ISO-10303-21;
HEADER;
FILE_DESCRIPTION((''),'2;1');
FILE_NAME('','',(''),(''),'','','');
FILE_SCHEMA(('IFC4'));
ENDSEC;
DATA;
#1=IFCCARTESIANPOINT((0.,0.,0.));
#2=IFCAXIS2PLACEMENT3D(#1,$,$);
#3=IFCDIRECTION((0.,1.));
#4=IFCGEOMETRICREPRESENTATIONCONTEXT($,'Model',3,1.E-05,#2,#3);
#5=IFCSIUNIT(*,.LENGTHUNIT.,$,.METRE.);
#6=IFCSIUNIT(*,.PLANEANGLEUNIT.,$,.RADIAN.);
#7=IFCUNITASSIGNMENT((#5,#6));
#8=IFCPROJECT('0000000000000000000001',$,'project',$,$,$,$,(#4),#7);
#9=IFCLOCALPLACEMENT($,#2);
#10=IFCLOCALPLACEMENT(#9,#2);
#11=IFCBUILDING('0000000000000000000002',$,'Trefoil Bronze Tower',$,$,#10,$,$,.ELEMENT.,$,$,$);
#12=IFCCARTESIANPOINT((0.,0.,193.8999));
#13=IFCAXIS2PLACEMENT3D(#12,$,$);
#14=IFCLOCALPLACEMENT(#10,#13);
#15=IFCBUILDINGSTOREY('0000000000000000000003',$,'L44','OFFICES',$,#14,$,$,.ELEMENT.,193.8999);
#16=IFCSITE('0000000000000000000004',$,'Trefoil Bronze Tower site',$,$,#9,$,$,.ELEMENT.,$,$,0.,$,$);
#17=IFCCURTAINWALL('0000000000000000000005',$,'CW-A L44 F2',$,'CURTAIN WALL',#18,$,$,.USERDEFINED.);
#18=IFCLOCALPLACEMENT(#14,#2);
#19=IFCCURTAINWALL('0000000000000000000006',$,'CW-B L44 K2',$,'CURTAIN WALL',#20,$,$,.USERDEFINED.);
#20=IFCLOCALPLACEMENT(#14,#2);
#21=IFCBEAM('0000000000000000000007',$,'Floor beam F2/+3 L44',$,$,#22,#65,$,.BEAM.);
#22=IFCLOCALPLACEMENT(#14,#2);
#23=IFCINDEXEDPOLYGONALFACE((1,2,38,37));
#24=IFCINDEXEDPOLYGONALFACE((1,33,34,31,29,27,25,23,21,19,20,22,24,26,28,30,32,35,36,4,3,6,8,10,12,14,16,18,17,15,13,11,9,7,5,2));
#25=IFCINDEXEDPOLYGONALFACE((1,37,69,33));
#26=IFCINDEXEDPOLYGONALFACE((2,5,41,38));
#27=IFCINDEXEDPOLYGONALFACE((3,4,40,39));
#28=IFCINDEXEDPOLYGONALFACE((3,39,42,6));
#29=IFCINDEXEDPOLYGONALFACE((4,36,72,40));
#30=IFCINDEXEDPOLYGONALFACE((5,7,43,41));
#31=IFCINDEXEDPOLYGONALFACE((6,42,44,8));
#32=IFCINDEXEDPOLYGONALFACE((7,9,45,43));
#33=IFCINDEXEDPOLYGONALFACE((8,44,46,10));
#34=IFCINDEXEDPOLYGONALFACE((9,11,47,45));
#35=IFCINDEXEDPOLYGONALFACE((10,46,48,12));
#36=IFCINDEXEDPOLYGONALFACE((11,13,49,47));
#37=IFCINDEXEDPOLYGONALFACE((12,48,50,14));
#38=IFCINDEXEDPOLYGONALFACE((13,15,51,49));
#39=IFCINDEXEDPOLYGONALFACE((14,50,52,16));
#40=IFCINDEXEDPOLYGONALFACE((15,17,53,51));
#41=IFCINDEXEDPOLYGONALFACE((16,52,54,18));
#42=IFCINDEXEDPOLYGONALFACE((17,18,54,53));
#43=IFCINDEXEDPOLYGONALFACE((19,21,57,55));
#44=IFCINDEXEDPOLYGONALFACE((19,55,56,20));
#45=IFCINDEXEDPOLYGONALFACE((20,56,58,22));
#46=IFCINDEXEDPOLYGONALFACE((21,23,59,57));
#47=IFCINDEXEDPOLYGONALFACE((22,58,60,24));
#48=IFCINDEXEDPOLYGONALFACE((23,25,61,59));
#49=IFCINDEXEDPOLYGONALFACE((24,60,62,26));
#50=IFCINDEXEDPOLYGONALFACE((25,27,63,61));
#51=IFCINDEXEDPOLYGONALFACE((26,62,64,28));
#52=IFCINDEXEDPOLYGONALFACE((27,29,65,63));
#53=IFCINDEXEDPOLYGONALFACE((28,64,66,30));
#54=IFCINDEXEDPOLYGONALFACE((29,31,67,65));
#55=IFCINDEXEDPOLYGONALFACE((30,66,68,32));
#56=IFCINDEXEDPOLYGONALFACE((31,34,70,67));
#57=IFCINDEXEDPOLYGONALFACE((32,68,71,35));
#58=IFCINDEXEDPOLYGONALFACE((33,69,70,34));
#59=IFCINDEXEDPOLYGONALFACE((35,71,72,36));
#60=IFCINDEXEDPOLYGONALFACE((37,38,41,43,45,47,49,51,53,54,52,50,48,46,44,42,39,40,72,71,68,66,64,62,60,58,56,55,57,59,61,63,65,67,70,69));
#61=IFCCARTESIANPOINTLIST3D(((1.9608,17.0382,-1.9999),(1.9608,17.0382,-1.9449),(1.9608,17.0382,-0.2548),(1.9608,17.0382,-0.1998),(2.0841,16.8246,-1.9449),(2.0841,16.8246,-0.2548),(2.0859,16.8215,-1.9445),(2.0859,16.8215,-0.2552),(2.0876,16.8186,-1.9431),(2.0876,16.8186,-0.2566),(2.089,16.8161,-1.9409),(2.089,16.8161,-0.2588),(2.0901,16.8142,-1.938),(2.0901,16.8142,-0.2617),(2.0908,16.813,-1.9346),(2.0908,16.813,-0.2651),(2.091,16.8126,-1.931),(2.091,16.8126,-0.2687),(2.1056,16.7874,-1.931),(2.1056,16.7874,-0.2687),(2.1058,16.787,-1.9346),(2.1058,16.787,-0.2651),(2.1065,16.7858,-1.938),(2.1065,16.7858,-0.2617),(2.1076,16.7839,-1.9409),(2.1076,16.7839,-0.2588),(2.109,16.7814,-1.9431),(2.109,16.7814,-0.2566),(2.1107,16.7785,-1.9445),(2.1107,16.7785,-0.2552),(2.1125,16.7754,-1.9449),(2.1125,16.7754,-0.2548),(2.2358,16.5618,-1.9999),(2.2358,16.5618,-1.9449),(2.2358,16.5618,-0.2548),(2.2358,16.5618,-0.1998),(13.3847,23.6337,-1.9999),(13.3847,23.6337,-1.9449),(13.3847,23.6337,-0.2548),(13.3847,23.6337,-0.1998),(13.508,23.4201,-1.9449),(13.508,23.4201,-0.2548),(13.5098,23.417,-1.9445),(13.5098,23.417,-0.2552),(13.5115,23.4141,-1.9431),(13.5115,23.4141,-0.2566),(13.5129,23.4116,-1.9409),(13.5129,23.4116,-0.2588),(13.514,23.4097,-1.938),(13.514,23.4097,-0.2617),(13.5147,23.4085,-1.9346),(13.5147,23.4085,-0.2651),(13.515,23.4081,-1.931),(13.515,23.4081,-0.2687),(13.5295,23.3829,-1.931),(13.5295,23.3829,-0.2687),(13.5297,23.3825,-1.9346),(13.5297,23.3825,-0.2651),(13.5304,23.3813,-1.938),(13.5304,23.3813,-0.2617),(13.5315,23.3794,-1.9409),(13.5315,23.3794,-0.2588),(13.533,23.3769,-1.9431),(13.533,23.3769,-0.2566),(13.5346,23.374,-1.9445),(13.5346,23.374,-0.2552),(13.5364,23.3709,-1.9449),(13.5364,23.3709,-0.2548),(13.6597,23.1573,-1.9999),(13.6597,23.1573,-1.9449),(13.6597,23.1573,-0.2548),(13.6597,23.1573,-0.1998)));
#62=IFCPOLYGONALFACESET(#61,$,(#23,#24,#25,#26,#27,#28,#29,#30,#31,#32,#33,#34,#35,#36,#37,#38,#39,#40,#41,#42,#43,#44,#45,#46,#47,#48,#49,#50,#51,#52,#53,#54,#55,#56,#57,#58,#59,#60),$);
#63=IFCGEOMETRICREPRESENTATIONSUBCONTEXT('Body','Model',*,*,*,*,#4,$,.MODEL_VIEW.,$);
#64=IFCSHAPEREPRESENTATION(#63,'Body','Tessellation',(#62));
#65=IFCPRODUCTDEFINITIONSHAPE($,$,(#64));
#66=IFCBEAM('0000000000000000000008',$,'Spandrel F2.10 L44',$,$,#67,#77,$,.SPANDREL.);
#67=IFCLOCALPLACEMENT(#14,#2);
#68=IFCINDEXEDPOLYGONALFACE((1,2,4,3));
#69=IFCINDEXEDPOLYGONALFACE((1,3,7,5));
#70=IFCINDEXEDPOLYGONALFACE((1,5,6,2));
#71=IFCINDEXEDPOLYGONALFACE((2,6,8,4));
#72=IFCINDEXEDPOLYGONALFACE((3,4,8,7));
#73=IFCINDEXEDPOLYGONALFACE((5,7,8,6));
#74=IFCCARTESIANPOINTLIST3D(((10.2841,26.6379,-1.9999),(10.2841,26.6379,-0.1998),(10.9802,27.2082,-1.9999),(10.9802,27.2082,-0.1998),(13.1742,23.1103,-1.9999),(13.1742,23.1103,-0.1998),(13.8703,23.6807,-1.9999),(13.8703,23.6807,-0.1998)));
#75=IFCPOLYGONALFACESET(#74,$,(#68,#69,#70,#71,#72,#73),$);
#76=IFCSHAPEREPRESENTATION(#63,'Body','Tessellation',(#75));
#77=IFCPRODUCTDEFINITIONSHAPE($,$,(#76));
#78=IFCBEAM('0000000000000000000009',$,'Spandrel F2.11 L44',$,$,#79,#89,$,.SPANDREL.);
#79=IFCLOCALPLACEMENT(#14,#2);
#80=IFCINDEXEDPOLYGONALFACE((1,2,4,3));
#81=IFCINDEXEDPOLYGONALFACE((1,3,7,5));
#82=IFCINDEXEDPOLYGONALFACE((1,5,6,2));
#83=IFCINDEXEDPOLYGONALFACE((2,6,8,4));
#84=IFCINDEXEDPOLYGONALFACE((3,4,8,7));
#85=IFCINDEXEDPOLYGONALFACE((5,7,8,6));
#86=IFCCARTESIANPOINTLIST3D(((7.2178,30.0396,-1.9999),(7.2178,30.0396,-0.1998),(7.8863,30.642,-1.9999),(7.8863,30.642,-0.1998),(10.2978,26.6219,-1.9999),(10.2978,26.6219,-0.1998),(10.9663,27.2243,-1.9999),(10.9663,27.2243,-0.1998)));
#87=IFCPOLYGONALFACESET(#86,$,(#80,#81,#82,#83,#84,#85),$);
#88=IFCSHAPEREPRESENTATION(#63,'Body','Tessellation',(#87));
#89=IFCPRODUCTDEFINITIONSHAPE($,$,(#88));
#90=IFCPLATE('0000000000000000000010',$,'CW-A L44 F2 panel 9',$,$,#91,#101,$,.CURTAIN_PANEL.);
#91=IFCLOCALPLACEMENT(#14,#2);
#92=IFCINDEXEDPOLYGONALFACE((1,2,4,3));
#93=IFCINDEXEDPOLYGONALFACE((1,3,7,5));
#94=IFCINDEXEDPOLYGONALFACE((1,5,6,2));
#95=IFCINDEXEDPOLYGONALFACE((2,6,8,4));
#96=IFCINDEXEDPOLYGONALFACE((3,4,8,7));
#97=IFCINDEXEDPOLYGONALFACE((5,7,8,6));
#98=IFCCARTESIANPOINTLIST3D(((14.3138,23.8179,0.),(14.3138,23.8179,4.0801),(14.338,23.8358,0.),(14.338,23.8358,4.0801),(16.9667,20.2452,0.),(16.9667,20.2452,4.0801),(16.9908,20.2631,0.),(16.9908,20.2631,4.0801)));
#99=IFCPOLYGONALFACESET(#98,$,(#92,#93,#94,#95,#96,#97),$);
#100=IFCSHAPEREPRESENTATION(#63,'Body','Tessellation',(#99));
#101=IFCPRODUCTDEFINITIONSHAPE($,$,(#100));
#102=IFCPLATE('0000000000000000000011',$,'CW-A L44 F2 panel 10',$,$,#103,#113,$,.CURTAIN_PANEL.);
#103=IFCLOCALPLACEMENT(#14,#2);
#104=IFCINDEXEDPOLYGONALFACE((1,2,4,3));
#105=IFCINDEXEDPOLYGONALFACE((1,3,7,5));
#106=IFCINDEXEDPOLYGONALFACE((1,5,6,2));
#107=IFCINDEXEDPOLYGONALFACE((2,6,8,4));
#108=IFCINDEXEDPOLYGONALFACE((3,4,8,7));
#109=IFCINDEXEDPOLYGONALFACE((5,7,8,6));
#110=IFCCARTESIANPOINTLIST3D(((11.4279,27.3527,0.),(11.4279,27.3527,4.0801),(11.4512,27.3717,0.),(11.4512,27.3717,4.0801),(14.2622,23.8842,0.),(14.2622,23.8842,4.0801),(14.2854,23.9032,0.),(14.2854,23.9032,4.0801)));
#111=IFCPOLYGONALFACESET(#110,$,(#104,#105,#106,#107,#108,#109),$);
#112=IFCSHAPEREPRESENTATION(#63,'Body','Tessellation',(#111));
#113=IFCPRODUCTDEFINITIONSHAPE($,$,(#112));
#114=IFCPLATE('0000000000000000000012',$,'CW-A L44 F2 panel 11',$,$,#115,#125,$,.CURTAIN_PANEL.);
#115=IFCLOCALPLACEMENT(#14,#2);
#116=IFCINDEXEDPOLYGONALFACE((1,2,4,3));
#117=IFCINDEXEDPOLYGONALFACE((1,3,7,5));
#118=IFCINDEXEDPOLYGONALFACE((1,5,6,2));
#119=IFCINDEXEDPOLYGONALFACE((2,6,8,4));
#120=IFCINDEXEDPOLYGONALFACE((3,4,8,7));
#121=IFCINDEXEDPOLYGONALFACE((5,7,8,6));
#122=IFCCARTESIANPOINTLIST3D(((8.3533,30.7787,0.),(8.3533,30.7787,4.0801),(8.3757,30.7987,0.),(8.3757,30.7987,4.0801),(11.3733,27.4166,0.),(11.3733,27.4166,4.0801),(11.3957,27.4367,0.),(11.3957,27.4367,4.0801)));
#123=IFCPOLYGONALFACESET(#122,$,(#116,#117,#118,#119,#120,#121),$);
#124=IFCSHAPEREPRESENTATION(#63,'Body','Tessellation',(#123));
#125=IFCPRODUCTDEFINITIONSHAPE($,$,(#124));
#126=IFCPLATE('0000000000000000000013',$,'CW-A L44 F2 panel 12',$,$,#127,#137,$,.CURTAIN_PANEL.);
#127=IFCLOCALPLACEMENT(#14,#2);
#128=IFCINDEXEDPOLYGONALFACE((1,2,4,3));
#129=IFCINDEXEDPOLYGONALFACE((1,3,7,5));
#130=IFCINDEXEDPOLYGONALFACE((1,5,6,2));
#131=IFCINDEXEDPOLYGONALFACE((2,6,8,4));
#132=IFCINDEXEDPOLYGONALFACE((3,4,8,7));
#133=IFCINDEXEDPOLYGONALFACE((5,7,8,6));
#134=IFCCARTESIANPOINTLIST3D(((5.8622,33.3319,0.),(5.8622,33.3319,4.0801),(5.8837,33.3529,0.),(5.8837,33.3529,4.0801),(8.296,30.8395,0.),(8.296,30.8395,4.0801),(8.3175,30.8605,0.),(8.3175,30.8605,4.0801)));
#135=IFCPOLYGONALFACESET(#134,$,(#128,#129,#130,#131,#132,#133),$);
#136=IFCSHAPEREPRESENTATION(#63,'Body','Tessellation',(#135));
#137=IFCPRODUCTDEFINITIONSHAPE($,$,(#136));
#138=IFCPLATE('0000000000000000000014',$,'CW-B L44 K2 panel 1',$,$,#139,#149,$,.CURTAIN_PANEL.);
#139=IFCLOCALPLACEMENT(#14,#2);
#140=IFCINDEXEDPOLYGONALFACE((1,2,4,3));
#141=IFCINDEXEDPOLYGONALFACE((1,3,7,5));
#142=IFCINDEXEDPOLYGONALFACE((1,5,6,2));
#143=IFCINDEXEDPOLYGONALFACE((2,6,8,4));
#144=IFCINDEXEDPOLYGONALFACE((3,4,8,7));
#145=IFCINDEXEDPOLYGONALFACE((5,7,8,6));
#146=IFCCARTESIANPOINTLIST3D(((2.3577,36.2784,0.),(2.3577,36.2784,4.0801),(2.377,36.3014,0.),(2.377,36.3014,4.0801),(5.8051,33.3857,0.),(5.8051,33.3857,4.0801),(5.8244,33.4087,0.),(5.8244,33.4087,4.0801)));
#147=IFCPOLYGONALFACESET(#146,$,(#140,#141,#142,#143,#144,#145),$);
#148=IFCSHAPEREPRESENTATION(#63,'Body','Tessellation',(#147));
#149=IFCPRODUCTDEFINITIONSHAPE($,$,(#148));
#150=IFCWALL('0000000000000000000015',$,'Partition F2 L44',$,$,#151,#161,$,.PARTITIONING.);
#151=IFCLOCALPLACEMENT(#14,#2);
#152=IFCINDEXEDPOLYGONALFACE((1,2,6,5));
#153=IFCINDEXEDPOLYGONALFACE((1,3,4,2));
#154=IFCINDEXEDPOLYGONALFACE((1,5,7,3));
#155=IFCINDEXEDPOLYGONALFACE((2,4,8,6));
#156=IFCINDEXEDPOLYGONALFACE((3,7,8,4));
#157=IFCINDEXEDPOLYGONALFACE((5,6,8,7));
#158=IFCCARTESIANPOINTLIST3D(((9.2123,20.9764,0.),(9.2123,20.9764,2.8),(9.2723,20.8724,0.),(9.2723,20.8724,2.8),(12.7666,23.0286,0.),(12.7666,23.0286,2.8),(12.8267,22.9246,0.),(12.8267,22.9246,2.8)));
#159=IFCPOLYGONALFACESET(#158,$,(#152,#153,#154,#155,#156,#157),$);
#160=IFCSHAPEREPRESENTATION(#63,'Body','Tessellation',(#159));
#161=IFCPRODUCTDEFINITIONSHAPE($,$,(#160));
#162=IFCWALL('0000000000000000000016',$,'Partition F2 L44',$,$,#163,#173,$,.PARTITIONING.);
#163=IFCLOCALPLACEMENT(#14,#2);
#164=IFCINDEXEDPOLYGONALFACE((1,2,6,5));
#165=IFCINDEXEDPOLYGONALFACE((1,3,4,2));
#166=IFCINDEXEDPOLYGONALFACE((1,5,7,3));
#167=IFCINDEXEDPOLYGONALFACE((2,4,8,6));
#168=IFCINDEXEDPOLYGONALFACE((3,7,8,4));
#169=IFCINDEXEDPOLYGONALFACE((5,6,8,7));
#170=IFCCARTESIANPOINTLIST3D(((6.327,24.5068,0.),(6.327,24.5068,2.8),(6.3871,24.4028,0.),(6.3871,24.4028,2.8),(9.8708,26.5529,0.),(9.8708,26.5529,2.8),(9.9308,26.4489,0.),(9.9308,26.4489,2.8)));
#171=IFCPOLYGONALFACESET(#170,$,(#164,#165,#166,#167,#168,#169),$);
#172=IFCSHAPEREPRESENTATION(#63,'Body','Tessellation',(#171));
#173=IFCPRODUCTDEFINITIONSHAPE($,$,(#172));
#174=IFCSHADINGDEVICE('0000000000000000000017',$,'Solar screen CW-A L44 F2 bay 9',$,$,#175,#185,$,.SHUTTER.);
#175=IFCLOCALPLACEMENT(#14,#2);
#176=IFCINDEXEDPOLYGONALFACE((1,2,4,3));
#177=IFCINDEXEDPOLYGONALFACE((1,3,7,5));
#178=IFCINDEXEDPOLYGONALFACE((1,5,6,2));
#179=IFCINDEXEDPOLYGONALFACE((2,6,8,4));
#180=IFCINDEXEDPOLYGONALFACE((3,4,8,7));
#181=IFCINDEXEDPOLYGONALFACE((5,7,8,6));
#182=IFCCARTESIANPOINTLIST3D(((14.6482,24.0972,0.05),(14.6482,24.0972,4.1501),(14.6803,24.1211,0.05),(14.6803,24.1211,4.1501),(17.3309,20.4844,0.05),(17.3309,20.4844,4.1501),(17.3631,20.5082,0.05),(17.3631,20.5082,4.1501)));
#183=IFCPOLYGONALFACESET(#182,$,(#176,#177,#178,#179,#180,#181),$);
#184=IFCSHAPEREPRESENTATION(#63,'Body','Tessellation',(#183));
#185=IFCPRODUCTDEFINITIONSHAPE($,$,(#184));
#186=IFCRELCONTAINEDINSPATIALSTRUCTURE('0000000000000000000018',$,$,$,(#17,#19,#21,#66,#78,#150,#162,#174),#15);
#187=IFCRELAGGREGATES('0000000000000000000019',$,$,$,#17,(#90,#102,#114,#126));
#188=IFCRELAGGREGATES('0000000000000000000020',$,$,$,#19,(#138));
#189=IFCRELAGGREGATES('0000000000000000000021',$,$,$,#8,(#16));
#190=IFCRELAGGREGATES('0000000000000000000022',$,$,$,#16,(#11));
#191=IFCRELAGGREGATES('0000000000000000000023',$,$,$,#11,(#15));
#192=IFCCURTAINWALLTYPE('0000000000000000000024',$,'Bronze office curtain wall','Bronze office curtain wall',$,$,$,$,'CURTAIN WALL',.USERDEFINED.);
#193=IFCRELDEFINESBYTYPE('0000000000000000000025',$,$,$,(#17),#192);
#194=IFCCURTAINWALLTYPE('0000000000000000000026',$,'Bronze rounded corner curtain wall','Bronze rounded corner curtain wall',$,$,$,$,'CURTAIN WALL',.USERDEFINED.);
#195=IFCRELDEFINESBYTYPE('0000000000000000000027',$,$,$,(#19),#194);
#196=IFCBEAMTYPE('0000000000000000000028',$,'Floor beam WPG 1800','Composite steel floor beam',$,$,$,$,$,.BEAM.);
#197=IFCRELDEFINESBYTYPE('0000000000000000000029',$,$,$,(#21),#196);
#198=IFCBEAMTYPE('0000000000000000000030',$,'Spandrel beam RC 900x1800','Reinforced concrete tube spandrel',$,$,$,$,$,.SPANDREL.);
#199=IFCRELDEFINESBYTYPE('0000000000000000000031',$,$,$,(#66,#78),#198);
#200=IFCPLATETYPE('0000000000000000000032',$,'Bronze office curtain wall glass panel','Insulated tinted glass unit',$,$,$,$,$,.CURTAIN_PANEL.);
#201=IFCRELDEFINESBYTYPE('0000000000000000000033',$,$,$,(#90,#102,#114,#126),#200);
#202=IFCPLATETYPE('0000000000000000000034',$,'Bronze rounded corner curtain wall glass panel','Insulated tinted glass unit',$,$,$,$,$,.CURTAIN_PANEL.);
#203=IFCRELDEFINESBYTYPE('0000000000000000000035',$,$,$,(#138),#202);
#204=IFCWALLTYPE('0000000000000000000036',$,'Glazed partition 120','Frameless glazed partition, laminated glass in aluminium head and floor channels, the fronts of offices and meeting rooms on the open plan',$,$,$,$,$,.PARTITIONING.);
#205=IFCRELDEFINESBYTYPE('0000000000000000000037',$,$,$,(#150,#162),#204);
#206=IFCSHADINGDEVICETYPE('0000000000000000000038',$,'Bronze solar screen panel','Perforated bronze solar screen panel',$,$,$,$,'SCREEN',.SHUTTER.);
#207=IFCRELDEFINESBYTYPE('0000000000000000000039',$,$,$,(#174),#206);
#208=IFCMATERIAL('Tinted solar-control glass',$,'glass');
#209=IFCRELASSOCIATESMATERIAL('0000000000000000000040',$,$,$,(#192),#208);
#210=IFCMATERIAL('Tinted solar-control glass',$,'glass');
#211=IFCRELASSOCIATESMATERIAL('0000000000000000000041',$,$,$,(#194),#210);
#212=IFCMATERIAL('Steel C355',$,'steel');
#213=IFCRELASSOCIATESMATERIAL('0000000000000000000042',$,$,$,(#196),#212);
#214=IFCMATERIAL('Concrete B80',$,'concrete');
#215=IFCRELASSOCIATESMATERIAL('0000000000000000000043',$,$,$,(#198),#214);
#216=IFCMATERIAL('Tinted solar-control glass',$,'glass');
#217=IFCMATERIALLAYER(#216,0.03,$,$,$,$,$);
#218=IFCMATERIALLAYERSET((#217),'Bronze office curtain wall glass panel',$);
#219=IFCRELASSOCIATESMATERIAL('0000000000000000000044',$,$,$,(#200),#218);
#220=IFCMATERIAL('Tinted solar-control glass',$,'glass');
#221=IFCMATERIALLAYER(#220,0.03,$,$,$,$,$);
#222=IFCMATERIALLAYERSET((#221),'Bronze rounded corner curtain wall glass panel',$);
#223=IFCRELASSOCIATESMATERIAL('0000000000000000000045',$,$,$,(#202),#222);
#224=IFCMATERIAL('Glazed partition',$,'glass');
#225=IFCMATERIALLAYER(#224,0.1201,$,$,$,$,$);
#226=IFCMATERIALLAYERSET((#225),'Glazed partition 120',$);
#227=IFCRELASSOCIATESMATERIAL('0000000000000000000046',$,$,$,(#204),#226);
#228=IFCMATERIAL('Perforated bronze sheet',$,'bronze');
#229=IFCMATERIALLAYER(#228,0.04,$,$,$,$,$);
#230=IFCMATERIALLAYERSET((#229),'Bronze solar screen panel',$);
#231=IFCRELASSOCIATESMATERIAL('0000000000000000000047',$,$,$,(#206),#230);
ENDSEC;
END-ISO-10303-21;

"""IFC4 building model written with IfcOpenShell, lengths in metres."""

from ifc_helpers import new_model, si_unit, direction, frame, frame_2d, origin, origin_2d, place, context, subcontext, project, spatial, rectangle, i_section, extrude, material, layer, layer_set, material_profile, profile_set, type_object, element, aggregate, save


model = new_model("IFC4")

# Units and contexts
model_context = context("Model", 3, precision=1e-05, world=origin(), true_north=direction((0.0, 1.0)))
body_context = subcontext(model_context, "Body", "Model", "MODEL_VIEW")
ifc_project = project(units=[si_unit("LENGTHUNIT", "METRE"), si_unit("PLANEANGLEUNIT", "RADIAN")], contexts=[model_context])

# Site, building, storey
site_placement = place(None, origin())
site = spatial("IfcSite", under=ifc_project, at=site_placement, Name="Trefoil Bronze Tower site", CompositionType="ELEMENT", RefElevation=0.0)
building_placement = place(site_placement, origin())
building = spatial("IfcBuilding", under=site, at=building_placement, Name="Trefoil Bronze Tower", CompositionType="ELEMENT")
storey_placement = place(building_placement, frame((0.0, 0.0, 193.8999)))
storey = spatial("IfcBuildingStorey", under=building, at=storey_placement, Name="L44", Description="OFFICES", CompositionType="ELEMENT", Elevation=193.8999)

# Curtain walls
ifc_material_1 = material(Name="Tinted solar-control glass", Category="glass")
curtain_wall_type_1 = type_object("IfcCurtainWallType", Name="Bronze office curtain wall", Description="Bronze office curtain wall", ElementType="CURTAIN WALL", PredefinedType="USERDEFINED", material=ifc_material_1)
curtain_wall_1_placement = place(storey_placement, origin())
curtain_wall_1 = element("IfcCurtainWall", 1, at=curtain_wall_1_placement, inside=storey, type_object=curtain_wall_type_1, Name="CW-A L44 F2", ObjectType="CURTAIN WALL", PredefinedType="USERDEFINED")
ifc_material_2 = material(Name="Tinted solar-control glass", Category="glass")
curtain_wall_type_2 = type_object("IfcCurtainWallType", Name="Bronze rounded corner curtain wall", Description="Bronze rounded corner curtain wall", ElementType="CURTAIN WALL", PredefinedType="USERDEFINED", material=ifc_material_2)
curtain_wall_2_placement = place(storey_placement, origin())
curtain_wall_2 = element("IfcCurtainWall", 2, at=curtain_wall_2_placement, inside=storey, type_object=curtain_wall_type_2, Name="CW-B L44 K2", ObjectType="CURTAIN WALL", PredefinedType="USERDEFINED")

# Beams
ifc_material_3 = material(Name="Steel C355", Category="steel")
ifc_material_profile_1 = material_profile(ifc_material_3, i_section(OverallWidth=0.55, OverallDepth=1.8, WebThickness=0.0291, FlangeThickness=0.0549, FilletRadius=0.0139, at=origin_2d()), Name="WPG 1800")
ifc_profile_set_1 = profile_set([ifc_material_profile_1], Name="Steel C355")
beam_type_1 = type_object("IfcBeamType", Name="Floor beam WPG 1800", Description="Composite steel floor beam", PredefinedType="BEAM", material=ifc_profile_set_1)
beam_1_placement = place(storey_placement, frame((13.5222, 23.3955, -1.0999), z_axis=(-0.866028, -0.499995, 0.0), x_axis=(0.499995, -0.866028, 0.0)))
element("IfcBeam", 3, at=beam_1_placement, inside=storey, type_object=beam_type_1, Name="Floor beam F2/+3 L44", PredefinedType="BEAM", context=body_context, shape_type="SweptSolid", body=[
    extrude(i_section(OverallWidth=0.55, OverallDepth=1.8, WebThickness=0.0291, FlangeThickness=0.0549, FilletRadius=0.0139, at=origin_2d()), origin(), (0.0, 0.0, 1.0), 13.1912),
])
ifc_material_4 = material(Name="Concrete B80", Category="concrete")
ifc_material_profile_2 = material_profile(ifc_material_4, rectangle(XDim=0.8999, YDim=1.8, at=origin_2d()), Name="RC 900x1800")
ifc_profile_set_2 = profile_set([ifc_material_profile_2], Name="Concrete B80")
beam_type_2 = type_object("IfcBeamType", Name="Spandrel beam RC 900x1800", Description="Reinforced concrete tube spandrel", PredefinedType="SPANDREL", material=ifc_profile_set_2)
beam_2_placement = place(storey_placement, frame((13.5222, 23.3955, -1.0999), z_axis=(-0.633754, 0.773535, 0.0), x_axis=(-0.773535, -0.633754, 0.0)))
element("IfcBeam", 4, at=beam_2_placement, inside=storey, type_object=beam_type_2, Name="Spandrel F2.10 L44", PredefinedType="SPANDREL", context=body_context, shape_type="SweptSolid", body=[
    extrude(rectangle(XDim=0.8999, YDim=1.8, at=origin_2d()), origin(), (0.0, 0.0, 1.0), 4.5603),
])
beam_3_placement = place(storey_placement, frame((10.6321, 26.9231, -1.0999), z_axis=(-0.66946, 0.742848, 0.0), x_axis=(-0.742848, -0.66946, 0.0)))
element("IfcBeam", 5, at=beam_3_placement, inside=storey, type_object=beam_type_2, Name="Spandrel F2.11 L44", PredefinedType="SPANDREL", context=body_context, shape_type="SweptSolid", body=[
    extrude(rectangle(XDim=0.8999, YDim=1.8, at=origin_2d()), origin(), (0.0, 0.0, 1.0), 4.6008),
])

# Plates
ifc_material_5 = material(Name="Tinted solar-control glass", Category="glass")
ifc_layer_1 = layer(ifc_material_5, 0.03)
ifc_layer_set_1 = layer_set([ifc_layer_1], Name="Bronze office curtain wall glass panel")
plate_type_1 = type_object("IfcPlateType", Name="Bronze office curtain wall glass panel", Description="Insulated tinted glass unit", PredefinedType="CURTAIN_PANEL", material=ifc_layer_set_1)
plate_1_placement = place(storey_placement, frame((15.6523, 22.0405, 0.0), z_axis=(0.0, 0.0, 1.0), x_axis=(-0.596162, 0.802865, 0.0)))
plate_1 = element("IfcPlate", 6, at=plate_1_placement, type_object=plate_type_1, Name="CW-A L44 F2 panel 9", PredefinedType="CURTAIN_PANEL", context=body_context, shape_type="SweptSolid", body=[
    extrude(rectangle(XDim=4.45, YDim=0.03, at=origin_2d()), origin(), (0.0, 0.0, 1.0), 4.0801),
])
plate_2_placement = place(storey_placement, frame((12.8567, 25.6279, 0.0), z_axis=(0.0, 0.0, 1.0), x_axis=(-0.632753, 0.774354, 0.0)))
plate_2 = element("IfcPlate", 7, at=plate_2_placement, type_object=plate_type_1, Name="CW-A L44 F2 panel 10", PredefinedType="CURTAIN_PANEL", context=body_context, shape_type="SweptSolid", body=[
    extrude(rectangle(XDim=4.4792, YDim=0.03, at=origin_2d()), origin(), (0.0, 0.0, 1.0), 4.0801),
])
plate_3_placement = place(storey_placement, frame((9.8745, 29.1077, 0.0), z_axis=(0.0, 0.0, 1.0), x_axis=(-0.668246, 0.743941, 0.0)))
plate_3 = element("IfcPlate", 8, at=plate_3_placement, type_object=plate_type_1, Name="CW-A L44 F2 panel 11", PredefinedType="CURTAIN_PANEL", context=body_context, shape_type="SweptSolid", body=[
    extrude(rectangle(XDim=4.5193, YDim=0.03, at=origin_2d()), origin(), (0.0, 0.0, 1.0), 4.0801),
])
plate_4_placement = place(storey_placement, frame((7.0898, 32.0962, 0.0), z_axis=(0.0, 0.0, 1.0), x_axis=(-0.698652, 0.715462, 0.0)))
plate_4 = element("IfcPlate", 9, at=plate_4_placement, type_object=plate_type_1, Name="CW-A L44 F2 panel 12", PredefinedType="CURTAIN_PANEL", context=body_context, shape_type="SweptSolid", body=[
    extrude(rectangle(XDim=3.4836, YDim=0.03, at=origin_2d()), origin(), (0.0, 0.0, 1.0), 4.0801),
])
aggregate(curtain_wall_1, [plate_1, plate_2, plate_3, plate_4])
ifc_material_6 = material(Name="Tinted solar-control glass", Category="glass")
ifc_layer_2 = layer(ifc_material_6, 0.03)
ifc_layer_set_2 = layer_set([ifc_layer_2], Name="Bronze rounded corner curtain wall glass panel")
plate_type_2 = type_object("IfcPlateType", Name="Bronze rounded corner curtain wall glass panel", Description="Insulated tinted glass unit", PredefinedType="CURTAIN_PANEL", material=ifc_layer_set_2)
plate_5_placement = place(storey_placement, frame((4.0911, 34.8435, 0.0), z_axis=(0.0, 0.0, 1.0), x_axis=(-0.766044, 0.642788, 0.0)))
plate_5 = element("IfcPlate", 10, at=plate_5_placement, type_object=plate_type_2, Name="CW-B L44 K2 panel 1", PredefinedType="CURTAIN_PANEL", context=body_context, shape_type="SweptSolid", body=[
    extrude(rectangle(XDim=4.5002, YDim=0.03, at=origin_2d()), origin(), (0.0, 0.0, 1.0), 4.0801),
])
aggregate(curtain_wall_2, [plate_5])

# Walls
ifc_material_7 = material(Name="Glazed partition", Category="glass")
ifc_layer_3 = layer(ifc_material_7, 0.1201)
ifc_layer_set_3 = layer_set([ifc_layer_3], Name="Glazed partition 120")
wall_type = type_object("IfcWallType", Name="Glazed partition 120", Description="Frameless glazed partition, laminated glass in aluminium head and floor channels, the fronts of offices and meeting rooms on the open plan", PredefinedType="PARTITIONING", material=ifc_layer_set_3)
wall_1_placement = place(storey_placement, frame((9.2422, 20.9243, 0.0), z_axis=(0.0, 0.0, 1.0), x_axis=(0.866016, 0.500016, 0.0)))
element("IfcWall", 11, at=wall_1_placement, inside=storey, type_object=wall_type, Name="Partition F2 L44", PredefinedType="PARTITIONING", context=body_context, shape_type="SweptSolid", body=[
    extrude(rectangle(XDim=4.1042, YDim=0.1201, at=frame_2d((2.0522, 0.0))), origin(), (0.0, 0.0, 1.0), 2.8),
])
wall_2_placement = place(storey_placement, frame((6.3572, 24.4548, 0.0), z_axis=(0.0, 0.0, 1.0), x_axis=(0.866006, 0.500034, 0.0)))
element("IfcWall", 12, at=wall_2_placement, inside=storey, type_object=wall_type, Name="Partition F2 L44", PredefinedType="PARTITIONING", context=body_context, shape_type="SweptSolid", body=[
    extrude(rectangle(XDim=4.092, YDim=0.1201, at=frame_2d((2.0459, 0.0))), origin(), (0.0, 0.0, 1.0), 2.8),
])

# Shading device
ifc_material_8 = material(Name="Perforated bronze sheet", Category="bronze")
ifc_layer_4 = layer(ifc_material_8, 0.04)
ifc_layer_set_4 = layer_set([ifc_layer_4], Name="Bronze solar screen panel")
shading_device_type = type_object("IfcShadingDeviceType", Name="Bronze solar screen panel", Description="Perforated bronze solar screen panel", ElementType="SCREEN", PredefinedType="SHUTTER", material=ifc_layer_set_4)
shading_device_1_placement = place(storey_placement, frame((16.0056, 22.3027, 0.05), z_axis=(0.0, 0.0, 1.0), x_axis=(-0.596162, 0.802865, 0.0)))
element("IfcShadingDevice", 13, at=shading_device_1_placement, inside=storey, type_object=shading_device_type, Name="Solar screen CW-A L44 F2 bay 9", PredefinedType="SHUTTER", context=body_context, shape_type="SweptSolid", body=[
    extrude(rectangle(XDim=4.5, YDim=0.04, at=origin_2d()), origin(), (0.0, 0.0, 1.0), 4.1001),
])

save(model, "model.ifc")
